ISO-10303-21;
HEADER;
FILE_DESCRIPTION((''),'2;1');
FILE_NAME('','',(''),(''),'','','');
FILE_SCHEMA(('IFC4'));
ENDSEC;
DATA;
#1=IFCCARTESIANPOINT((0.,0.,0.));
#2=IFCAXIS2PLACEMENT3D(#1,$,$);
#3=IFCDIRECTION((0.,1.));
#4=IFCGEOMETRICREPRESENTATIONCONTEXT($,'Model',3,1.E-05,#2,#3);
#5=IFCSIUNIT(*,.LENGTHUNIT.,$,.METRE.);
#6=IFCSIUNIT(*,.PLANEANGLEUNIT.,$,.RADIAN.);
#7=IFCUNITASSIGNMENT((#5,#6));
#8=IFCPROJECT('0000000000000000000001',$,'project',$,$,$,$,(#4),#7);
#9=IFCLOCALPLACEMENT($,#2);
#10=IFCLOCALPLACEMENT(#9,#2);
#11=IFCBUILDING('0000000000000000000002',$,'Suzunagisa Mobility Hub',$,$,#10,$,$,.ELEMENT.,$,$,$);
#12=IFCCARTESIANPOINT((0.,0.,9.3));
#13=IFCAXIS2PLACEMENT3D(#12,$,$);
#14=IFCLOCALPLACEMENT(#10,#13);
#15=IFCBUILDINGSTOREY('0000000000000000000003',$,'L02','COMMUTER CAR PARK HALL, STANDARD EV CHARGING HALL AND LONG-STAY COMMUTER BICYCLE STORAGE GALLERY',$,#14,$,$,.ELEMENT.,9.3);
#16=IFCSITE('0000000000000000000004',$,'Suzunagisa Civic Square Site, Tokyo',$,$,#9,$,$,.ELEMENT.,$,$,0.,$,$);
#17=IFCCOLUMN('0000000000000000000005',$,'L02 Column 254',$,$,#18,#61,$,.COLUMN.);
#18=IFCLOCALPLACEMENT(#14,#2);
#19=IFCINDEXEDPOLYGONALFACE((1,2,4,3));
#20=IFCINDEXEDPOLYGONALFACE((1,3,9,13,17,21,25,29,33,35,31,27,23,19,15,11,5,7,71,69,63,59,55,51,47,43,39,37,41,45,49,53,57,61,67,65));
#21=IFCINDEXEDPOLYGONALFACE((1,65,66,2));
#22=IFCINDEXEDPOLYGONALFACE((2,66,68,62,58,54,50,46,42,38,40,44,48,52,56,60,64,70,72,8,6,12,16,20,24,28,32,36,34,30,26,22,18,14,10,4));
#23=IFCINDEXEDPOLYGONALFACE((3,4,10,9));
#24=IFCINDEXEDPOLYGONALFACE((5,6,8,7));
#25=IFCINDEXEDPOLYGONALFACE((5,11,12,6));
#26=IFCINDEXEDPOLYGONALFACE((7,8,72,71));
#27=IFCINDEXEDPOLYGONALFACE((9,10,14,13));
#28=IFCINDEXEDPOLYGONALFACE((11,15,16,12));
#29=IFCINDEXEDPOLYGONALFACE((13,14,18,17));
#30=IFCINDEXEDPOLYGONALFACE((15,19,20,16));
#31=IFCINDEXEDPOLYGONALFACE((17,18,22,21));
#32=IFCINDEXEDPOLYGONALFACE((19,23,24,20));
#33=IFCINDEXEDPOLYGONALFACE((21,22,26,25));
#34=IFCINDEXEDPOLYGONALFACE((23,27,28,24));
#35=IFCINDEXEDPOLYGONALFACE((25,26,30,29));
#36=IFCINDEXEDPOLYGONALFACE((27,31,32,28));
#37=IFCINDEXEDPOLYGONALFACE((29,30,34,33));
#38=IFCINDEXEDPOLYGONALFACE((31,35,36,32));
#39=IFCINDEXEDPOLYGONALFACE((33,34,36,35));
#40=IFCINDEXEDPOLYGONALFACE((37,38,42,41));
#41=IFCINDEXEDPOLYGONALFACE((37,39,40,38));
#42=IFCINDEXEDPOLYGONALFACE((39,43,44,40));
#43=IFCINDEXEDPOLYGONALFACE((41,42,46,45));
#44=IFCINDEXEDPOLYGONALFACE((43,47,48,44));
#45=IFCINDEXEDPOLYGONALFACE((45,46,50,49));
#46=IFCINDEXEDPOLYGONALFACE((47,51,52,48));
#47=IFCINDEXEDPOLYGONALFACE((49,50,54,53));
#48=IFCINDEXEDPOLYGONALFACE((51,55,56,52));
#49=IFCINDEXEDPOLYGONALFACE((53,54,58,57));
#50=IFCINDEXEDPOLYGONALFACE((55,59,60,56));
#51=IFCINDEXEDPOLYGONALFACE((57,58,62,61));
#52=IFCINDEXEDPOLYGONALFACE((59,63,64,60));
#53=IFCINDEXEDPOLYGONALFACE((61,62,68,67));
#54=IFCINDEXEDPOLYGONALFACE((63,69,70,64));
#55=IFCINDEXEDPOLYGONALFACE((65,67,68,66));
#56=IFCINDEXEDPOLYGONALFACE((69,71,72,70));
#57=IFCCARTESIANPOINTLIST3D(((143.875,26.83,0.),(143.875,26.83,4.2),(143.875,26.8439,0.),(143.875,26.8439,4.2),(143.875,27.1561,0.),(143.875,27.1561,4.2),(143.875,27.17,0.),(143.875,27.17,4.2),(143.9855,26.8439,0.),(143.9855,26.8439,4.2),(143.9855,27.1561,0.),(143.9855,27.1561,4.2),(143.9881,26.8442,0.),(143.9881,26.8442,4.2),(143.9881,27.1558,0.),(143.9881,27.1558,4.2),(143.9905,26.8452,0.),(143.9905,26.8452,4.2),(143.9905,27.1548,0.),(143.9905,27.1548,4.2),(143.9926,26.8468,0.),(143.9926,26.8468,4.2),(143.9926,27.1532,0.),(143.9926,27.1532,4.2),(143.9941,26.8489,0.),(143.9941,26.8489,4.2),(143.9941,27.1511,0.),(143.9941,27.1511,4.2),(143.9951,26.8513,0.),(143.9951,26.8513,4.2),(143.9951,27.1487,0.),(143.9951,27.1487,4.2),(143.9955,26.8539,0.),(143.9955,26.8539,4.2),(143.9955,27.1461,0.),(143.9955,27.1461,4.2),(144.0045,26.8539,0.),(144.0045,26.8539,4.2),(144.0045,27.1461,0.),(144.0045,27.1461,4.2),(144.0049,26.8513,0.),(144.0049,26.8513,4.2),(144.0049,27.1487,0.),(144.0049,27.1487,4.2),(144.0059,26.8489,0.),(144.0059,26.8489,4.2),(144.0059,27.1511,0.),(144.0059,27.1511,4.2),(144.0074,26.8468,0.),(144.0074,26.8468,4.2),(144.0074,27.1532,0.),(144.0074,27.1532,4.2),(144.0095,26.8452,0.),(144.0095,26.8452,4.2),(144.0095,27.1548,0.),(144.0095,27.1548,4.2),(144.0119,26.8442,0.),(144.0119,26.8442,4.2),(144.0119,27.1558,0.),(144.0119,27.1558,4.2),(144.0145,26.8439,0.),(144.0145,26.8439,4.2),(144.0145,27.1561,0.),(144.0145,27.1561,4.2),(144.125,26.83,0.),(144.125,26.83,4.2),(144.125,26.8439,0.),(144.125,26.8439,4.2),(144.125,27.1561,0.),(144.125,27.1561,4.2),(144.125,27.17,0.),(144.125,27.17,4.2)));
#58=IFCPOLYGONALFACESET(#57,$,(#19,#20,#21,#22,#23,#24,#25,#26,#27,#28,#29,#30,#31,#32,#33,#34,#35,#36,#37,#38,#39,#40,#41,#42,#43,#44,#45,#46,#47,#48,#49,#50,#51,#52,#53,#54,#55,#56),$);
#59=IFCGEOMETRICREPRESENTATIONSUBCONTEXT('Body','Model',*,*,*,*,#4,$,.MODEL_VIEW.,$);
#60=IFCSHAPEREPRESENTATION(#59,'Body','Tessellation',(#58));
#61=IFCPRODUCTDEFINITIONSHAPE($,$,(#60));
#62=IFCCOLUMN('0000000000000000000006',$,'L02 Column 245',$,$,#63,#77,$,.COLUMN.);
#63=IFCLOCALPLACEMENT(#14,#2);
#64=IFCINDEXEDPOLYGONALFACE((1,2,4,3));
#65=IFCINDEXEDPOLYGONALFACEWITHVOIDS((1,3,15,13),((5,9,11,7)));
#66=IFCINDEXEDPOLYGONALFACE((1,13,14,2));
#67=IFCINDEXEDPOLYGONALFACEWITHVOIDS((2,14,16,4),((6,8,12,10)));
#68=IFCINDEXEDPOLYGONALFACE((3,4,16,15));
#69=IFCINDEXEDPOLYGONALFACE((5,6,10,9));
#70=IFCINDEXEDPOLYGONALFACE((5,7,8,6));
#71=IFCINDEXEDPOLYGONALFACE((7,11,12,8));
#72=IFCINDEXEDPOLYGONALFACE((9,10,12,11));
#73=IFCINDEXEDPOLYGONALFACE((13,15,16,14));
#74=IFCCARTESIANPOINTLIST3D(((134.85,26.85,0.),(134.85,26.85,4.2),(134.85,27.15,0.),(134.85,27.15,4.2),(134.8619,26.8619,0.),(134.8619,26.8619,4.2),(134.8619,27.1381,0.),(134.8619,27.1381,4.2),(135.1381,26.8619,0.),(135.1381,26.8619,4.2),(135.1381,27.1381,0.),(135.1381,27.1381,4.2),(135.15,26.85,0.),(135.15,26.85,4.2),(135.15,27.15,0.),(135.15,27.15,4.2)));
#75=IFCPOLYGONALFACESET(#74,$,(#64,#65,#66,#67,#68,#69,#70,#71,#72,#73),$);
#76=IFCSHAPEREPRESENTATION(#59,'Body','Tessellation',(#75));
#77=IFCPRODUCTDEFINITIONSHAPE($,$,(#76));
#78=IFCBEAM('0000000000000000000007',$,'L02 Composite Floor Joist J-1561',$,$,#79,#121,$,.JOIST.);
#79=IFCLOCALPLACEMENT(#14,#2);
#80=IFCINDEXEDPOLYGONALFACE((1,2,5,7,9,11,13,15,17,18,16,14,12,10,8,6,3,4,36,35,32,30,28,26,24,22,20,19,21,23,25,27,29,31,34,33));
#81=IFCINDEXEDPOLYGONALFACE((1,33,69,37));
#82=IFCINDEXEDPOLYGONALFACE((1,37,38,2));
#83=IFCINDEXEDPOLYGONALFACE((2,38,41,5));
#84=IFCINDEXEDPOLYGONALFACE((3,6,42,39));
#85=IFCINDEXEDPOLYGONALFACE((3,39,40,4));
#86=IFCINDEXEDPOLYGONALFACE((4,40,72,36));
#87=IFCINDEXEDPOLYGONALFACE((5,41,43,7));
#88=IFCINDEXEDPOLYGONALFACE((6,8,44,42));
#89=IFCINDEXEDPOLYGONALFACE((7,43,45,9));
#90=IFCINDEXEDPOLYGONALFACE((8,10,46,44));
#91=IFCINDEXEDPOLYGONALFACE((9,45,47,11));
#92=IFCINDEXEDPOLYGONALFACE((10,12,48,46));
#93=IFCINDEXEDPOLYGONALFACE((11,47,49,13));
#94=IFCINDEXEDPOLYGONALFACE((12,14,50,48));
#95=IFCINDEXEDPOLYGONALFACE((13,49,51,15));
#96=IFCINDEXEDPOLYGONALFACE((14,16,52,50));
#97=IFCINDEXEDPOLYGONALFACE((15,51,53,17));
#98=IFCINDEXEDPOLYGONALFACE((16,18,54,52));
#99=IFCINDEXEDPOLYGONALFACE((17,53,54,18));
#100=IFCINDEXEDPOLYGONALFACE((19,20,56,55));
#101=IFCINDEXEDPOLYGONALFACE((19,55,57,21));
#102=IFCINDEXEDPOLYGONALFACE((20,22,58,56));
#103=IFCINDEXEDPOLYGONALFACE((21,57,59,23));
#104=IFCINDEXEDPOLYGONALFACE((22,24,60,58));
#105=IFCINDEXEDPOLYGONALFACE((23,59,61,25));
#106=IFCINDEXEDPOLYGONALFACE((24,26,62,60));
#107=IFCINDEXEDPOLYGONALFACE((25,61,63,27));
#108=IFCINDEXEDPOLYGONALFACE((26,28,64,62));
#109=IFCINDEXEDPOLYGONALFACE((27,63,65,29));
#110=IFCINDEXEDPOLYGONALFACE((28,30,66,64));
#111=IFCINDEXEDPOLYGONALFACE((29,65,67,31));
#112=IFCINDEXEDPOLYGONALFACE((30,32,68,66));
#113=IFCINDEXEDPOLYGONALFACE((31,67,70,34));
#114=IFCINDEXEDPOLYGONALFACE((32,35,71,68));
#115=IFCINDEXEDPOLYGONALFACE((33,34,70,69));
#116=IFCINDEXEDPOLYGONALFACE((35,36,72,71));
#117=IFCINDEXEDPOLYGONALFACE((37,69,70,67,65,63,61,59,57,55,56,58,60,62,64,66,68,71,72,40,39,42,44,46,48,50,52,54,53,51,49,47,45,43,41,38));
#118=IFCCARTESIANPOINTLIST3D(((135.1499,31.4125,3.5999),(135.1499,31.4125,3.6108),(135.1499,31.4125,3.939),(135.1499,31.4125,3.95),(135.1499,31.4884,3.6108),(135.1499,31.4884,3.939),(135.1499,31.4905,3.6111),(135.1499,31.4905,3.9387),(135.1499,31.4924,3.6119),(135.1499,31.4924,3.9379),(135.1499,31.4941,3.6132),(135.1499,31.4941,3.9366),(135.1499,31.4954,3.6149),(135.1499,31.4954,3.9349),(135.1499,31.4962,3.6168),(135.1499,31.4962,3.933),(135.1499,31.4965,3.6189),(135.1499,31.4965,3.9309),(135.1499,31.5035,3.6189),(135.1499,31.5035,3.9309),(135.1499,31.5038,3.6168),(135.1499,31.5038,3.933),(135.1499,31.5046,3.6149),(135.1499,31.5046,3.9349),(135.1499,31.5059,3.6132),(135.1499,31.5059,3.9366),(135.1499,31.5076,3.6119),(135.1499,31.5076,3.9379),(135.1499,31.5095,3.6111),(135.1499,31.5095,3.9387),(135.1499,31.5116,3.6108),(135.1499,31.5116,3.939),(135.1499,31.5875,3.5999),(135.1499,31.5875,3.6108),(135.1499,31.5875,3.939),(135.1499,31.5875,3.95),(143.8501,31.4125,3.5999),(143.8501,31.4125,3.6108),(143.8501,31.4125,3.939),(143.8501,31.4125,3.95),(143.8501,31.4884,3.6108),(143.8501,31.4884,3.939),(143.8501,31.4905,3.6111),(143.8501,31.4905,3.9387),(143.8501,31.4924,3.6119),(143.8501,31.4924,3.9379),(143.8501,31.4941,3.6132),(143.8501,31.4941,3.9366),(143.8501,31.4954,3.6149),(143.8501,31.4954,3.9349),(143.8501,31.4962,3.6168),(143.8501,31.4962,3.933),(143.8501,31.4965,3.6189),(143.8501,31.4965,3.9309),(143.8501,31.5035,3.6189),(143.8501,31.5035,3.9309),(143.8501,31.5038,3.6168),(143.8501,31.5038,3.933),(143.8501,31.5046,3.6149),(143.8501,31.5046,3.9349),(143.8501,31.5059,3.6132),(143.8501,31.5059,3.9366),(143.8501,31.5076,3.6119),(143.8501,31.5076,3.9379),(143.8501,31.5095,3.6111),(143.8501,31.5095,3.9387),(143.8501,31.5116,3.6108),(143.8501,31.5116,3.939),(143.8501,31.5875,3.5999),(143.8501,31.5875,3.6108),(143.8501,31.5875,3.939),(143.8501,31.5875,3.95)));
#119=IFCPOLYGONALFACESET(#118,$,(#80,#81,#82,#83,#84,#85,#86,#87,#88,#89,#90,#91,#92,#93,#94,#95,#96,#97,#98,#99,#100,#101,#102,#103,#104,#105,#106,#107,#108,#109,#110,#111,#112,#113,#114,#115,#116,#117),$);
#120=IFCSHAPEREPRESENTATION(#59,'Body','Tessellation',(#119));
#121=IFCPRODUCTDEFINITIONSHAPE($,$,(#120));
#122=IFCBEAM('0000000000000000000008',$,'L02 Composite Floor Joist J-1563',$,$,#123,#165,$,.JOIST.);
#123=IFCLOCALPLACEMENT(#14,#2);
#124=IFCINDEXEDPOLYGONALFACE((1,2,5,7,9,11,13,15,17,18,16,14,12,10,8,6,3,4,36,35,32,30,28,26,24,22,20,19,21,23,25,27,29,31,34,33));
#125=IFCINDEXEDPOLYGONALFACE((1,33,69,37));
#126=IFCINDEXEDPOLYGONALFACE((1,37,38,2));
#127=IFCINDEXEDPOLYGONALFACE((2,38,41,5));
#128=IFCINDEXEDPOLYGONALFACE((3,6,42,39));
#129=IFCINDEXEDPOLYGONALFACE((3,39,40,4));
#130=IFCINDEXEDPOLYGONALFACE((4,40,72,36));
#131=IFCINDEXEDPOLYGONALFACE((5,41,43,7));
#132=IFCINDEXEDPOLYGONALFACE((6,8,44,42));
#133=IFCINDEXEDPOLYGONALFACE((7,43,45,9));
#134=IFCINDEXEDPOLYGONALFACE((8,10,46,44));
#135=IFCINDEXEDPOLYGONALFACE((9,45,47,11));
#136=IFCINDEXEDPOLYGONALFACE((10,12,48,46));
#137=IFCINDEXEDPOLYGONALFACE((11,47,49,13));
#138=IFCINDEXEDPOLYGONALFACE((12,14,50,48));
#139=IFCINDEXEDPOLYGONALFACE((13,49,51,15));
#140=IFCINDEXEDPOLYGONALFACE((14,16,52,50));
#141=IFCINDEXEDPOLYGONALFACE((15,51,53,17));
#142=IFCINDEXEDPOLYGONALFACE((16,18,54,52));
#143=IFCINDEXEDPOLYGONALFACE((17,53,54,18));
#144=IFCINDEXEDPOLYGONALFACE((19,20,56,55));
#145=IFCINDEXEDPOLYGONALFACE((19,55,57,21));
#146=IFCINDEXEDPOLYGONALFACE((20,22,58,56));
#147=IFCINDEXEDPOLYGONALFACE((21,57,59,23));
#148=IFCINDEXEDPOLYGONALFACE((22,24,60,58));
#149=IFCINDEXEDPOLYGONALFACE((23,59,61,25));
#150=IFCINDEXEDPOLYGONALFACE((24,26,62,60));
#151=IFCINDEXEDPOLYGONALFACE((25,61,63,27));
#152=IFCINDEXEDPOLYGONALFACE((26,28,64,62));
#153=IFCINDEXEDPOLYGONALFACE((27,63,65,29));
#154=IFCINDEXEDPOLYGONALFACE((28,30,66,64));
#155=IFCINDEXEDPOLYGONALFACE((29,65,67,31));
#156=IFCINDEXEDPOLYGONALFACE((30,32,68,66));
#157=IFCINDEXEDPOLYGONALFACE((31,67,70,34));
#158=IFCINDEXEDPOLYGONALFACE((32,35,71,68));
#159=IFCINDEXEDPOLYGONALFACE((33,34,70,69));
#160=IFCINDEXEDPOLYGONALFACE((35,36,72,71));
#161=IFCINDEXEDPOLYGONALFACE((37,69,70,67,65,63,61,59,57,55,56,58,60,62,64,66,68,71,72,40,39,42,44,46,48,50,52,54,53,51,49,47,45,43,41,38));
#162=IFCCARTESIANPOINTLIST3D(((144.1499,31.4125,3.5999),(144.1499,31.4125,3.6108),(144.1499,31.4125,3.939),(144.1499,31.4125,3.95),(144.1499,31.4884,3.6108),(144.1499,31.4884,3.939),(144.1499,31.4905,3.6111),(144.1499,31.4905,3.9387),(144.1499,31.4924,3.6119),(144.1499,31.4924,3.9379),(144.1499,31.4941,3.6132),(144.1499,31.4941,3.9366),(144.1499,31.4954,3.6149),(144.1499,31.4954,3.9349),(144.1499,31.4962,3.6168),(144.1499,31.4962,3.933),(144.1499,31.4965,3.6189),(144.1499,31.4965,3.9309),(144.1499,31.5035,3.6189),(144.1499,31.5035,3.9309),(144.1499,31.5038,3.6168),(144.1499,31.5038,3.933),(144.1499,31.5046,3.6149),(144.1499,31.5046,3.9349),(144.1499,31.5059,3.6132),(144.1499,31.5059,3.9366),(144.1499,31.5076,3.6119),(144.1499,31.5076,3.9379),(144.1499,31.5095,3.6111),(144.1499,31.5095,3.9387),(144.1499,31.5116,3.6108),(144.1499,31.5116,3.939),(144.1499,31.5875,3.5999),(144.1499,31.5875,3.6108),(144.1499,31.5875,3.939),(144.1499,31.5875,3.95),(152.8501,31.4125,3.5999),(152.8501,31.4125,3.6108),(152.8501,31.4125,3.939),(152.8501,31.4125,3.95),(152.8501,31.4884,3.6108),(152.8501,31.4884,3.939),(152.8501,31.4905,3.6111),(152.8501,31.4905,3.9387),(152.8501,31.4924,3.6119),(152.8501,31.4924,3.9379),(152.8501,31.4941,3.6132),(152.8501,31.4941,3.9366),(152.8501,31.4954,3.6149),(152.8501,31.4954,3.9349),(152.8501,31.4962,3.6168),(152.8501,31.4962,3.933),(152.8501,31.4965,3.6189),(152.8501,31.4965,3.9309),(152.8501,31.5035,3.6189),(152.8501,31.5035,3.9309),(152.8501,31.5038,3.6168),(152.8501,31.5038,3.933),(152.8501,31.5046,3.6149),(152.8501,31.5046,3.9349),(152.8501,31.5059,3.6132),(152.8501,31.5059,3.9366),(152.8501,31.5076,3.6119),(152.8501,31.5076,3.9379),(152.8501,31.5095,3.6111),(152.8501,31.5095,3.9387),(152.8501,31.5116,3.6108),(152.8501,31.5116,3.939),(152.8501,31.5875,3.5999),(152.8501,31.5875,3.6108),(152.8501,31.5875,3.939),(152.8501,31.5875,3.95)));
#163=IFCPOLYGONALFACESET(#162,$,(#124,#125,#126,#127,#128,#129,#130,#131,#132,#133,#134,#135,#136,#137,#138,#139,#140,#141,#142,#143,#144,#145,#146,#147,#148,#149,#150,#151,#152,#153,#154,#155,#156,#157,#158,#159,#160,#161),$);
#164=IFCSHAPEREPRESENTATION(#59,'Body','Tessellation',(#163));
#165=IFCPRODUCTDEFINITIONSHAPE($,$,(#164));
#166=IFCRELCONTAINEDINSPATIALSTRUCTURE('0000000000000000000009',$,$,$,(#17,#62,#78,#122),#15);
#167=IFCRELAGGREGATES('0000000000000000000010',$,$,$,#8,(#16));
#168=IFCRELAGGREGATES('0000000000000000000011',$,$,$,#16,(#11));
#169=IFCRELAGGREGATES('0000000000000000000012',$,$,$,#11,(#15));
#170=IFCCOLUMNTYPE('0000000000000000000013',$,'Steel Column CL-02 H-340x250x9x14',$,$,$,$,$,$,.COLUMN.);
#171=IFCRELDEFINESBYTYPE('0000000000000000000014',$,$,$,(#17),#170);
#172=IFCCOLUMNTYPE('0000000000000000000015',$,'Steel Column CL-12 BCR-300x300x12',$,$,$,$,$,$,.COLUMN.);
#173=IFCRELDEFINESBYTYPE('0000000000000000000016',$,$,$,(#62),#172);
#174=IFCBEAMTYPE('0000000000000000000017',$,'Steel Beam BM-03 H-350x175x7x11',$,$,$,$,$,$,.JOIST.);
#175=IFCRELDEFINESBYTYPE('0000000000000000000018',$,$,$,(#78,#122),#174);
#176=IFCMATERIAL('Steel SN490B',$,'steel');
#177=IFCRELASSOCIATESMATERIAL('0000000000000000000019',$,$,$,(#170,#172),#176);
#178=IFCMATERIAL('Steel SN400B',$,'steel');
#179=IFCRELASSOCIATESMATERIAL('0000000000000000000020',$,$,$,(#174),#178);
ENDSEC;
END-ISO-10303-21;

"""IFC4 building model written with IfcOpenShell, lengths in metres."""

from ifc_helpers import new_model, si_unit, direction, frame, origin, origin_2d, place, context, subcontext, project, spatial, hollow_rectangle, i_section, extrude, material, material_profile, profile_set, type_object, element, save


model = new_model("IFC4")

# Units and contexts
model_context = context("Model", 3, precision=1e-05, world=origin(), true_north=direction((0.0, 1.0)))
body_context = subcontext(model_context, "Body", "Model", "MODEL_VIEW")
ifc_project = project(units=[si_unit("LENGTHUNIT", "METRE"), si_unit("PLANEANGLEUNIT", "RADIAN")], contexts=[model_context])

# Site, building, storey
site_placement = place(None, origin())
site = spatial("IfcSite", under=ifc_project, at=site_placement, Name="Suzunagisa Civic Square Site, Tokyo", CompositionType="ELEMENT", RefElevation=0.0)
building_placement = place(site_placement, origin())
building = spatial("IfcBuilding", under=site, at=building_placement, Name="Suzunagisa Mobility Hub", CompositionType="ELEMENT")
storey_placement = place(building_placement, frame((0.0, 0.0, 9.3)))
storey = spatial("IfcBuildingStorey", under=building, at=storey_placement, Name="L02", Description="COMMUTER CAR PARK HALL, STANDARD EV CHARGING HALL AND LONG-STAY COMMUTER BICYCLE STORAGE GALLERY", CompositionType="ELEMENT", Elevation=9.3)

# Columns
ifc_material_1 = material(Name="Steel SN490B", Category="steel")
ifc_material_profile_1 = material_profile(ifc_material_1, i_section(OverallWidth=0.25, OverallDepth=0.3401, WebThickness=0.009, FlangeThickness=0.0139, FilletRadius=0.01, at=origin_2d()), Name="H-340x250x9x14")
ifc_profile_set_1 = profile_set([ifc_material_profile_1], Name="Steel SN490B")
column_type_1 = type_object("IfcColumnType", Name="Steel Column CL-02 H-340x250x9x14", PredefinedType="COLUMN", material=ifc_profile_set_1)
column_1_placement = place(storey_placement, frame((144.0, 27.0, 0.0), z_axis=(0.0, 0.0, 1.0), x_axis=(1.0, 0.0, 0.0)))
element("IfcColumn", 1, at=column_1_placement, inside=storey, type_object=column_type_1, Name="L02 Column 254", PredefinedType="COLUMN", context=body_context, shape_type="SweptSolid", body=[
    extrude(i_section(OverallWidth=0.25, OverallDepth=0.3401, WebThickness=0.009, FlangeThickness=0.0139, FilletRadius=0.01, at=origin_2d()), origin(), (0.0, 0.0, 1.0), 4.2),
])
ifc_material_profile_2 = material_profile(ifc_material_1, hollow_rectangle(XDim=0.3, YDim=0.3, WallThickness=0.012, at=origin_2d()), Name="BCR-300x300x12")
ifc_profile_set_2 = profile_set([ifc_material_profile_2], Name="Steel SN490B")
column_type_2 = type_object("IfcColumnType", Name="Steel Column CL-12 BCR-300x300x12", PredefinedType="COLUMN", material=ifc_profile_set_2)
column_2_placement = place(storey_placement, frame((135.0, 27.0, 0.0), z_axis=(0.0, 0.0, 1.0), x_axis=(1.0, 0.0, 0.0)))
element("IfcColumn", 2, at=column_2_placement, inside=storey, type_object=column_type_2, Name="L02 Column 245", PredefinedType="COLUMN", context=body_context, shape_type="SweptSolid", body=[
    extrude(hollow_rectangle(XDim=0.3, YDim=0.3, WallThickness=0.012, at=origin_2d()), origin(), (0.0, 0.0, 1.0), 4.2),
])

# Beams
ifc_material_2 = material(Name="Steel SN400B", Category="steel")
ifc_material_profile_3 = material_profile(ifc_material_2, i_section(OverallWidth=0.175, OverallDepth=0.3501, WebThickness=0.0071, FlangeThickness=0.011, FilletRadius=0.0081, at=origin_2d()), Name="H-350x175x7x11")
ifc_profile_set_3 = profile_set([ifc_material_profile_3], Name="Steel SN400B")
beam_type_1 = type_object("IfcBeamType", Name="Steel Beam BM-03 H-350x175x7x11", PredefinedType="JOIST", material=ifc_profile_set_3)
for number, where, z_axis, x_axis, name in (
    (3, (135.1499, 31.5, 3.7749), (1.0, 0.0, 0.0), (0.0, 1.0, 0.0), "L02 Composite Floor Joist J-1561"),
    (4, (144.1499, 31.5, 3.7749), (1.0, 0.0, 0.0), (0.0, 1.0, 0.0), "L02 Composite Floor Joist J-1563"),
):
    element("IfcBeam", number, at=place(storey_placement, frame(where, z_axis=z_axis, x_axis=x_axis)), inside=storey, type_object=beam_type_1, Name=name, PredefinedType="JOIST", context=body_context, shape_type="SweptSolid", body=[
        extrude(i_section(OverallWidth=0.175, OverallDepth=0.3501, WebThickness=0.0071, FlangeThickness=0.011, FilletRadius=0.0081, at=origin_2d()), origin(), (0.0, 0.0, 1.0), 8.7002),
    ])

save(model, "model.ifc")
